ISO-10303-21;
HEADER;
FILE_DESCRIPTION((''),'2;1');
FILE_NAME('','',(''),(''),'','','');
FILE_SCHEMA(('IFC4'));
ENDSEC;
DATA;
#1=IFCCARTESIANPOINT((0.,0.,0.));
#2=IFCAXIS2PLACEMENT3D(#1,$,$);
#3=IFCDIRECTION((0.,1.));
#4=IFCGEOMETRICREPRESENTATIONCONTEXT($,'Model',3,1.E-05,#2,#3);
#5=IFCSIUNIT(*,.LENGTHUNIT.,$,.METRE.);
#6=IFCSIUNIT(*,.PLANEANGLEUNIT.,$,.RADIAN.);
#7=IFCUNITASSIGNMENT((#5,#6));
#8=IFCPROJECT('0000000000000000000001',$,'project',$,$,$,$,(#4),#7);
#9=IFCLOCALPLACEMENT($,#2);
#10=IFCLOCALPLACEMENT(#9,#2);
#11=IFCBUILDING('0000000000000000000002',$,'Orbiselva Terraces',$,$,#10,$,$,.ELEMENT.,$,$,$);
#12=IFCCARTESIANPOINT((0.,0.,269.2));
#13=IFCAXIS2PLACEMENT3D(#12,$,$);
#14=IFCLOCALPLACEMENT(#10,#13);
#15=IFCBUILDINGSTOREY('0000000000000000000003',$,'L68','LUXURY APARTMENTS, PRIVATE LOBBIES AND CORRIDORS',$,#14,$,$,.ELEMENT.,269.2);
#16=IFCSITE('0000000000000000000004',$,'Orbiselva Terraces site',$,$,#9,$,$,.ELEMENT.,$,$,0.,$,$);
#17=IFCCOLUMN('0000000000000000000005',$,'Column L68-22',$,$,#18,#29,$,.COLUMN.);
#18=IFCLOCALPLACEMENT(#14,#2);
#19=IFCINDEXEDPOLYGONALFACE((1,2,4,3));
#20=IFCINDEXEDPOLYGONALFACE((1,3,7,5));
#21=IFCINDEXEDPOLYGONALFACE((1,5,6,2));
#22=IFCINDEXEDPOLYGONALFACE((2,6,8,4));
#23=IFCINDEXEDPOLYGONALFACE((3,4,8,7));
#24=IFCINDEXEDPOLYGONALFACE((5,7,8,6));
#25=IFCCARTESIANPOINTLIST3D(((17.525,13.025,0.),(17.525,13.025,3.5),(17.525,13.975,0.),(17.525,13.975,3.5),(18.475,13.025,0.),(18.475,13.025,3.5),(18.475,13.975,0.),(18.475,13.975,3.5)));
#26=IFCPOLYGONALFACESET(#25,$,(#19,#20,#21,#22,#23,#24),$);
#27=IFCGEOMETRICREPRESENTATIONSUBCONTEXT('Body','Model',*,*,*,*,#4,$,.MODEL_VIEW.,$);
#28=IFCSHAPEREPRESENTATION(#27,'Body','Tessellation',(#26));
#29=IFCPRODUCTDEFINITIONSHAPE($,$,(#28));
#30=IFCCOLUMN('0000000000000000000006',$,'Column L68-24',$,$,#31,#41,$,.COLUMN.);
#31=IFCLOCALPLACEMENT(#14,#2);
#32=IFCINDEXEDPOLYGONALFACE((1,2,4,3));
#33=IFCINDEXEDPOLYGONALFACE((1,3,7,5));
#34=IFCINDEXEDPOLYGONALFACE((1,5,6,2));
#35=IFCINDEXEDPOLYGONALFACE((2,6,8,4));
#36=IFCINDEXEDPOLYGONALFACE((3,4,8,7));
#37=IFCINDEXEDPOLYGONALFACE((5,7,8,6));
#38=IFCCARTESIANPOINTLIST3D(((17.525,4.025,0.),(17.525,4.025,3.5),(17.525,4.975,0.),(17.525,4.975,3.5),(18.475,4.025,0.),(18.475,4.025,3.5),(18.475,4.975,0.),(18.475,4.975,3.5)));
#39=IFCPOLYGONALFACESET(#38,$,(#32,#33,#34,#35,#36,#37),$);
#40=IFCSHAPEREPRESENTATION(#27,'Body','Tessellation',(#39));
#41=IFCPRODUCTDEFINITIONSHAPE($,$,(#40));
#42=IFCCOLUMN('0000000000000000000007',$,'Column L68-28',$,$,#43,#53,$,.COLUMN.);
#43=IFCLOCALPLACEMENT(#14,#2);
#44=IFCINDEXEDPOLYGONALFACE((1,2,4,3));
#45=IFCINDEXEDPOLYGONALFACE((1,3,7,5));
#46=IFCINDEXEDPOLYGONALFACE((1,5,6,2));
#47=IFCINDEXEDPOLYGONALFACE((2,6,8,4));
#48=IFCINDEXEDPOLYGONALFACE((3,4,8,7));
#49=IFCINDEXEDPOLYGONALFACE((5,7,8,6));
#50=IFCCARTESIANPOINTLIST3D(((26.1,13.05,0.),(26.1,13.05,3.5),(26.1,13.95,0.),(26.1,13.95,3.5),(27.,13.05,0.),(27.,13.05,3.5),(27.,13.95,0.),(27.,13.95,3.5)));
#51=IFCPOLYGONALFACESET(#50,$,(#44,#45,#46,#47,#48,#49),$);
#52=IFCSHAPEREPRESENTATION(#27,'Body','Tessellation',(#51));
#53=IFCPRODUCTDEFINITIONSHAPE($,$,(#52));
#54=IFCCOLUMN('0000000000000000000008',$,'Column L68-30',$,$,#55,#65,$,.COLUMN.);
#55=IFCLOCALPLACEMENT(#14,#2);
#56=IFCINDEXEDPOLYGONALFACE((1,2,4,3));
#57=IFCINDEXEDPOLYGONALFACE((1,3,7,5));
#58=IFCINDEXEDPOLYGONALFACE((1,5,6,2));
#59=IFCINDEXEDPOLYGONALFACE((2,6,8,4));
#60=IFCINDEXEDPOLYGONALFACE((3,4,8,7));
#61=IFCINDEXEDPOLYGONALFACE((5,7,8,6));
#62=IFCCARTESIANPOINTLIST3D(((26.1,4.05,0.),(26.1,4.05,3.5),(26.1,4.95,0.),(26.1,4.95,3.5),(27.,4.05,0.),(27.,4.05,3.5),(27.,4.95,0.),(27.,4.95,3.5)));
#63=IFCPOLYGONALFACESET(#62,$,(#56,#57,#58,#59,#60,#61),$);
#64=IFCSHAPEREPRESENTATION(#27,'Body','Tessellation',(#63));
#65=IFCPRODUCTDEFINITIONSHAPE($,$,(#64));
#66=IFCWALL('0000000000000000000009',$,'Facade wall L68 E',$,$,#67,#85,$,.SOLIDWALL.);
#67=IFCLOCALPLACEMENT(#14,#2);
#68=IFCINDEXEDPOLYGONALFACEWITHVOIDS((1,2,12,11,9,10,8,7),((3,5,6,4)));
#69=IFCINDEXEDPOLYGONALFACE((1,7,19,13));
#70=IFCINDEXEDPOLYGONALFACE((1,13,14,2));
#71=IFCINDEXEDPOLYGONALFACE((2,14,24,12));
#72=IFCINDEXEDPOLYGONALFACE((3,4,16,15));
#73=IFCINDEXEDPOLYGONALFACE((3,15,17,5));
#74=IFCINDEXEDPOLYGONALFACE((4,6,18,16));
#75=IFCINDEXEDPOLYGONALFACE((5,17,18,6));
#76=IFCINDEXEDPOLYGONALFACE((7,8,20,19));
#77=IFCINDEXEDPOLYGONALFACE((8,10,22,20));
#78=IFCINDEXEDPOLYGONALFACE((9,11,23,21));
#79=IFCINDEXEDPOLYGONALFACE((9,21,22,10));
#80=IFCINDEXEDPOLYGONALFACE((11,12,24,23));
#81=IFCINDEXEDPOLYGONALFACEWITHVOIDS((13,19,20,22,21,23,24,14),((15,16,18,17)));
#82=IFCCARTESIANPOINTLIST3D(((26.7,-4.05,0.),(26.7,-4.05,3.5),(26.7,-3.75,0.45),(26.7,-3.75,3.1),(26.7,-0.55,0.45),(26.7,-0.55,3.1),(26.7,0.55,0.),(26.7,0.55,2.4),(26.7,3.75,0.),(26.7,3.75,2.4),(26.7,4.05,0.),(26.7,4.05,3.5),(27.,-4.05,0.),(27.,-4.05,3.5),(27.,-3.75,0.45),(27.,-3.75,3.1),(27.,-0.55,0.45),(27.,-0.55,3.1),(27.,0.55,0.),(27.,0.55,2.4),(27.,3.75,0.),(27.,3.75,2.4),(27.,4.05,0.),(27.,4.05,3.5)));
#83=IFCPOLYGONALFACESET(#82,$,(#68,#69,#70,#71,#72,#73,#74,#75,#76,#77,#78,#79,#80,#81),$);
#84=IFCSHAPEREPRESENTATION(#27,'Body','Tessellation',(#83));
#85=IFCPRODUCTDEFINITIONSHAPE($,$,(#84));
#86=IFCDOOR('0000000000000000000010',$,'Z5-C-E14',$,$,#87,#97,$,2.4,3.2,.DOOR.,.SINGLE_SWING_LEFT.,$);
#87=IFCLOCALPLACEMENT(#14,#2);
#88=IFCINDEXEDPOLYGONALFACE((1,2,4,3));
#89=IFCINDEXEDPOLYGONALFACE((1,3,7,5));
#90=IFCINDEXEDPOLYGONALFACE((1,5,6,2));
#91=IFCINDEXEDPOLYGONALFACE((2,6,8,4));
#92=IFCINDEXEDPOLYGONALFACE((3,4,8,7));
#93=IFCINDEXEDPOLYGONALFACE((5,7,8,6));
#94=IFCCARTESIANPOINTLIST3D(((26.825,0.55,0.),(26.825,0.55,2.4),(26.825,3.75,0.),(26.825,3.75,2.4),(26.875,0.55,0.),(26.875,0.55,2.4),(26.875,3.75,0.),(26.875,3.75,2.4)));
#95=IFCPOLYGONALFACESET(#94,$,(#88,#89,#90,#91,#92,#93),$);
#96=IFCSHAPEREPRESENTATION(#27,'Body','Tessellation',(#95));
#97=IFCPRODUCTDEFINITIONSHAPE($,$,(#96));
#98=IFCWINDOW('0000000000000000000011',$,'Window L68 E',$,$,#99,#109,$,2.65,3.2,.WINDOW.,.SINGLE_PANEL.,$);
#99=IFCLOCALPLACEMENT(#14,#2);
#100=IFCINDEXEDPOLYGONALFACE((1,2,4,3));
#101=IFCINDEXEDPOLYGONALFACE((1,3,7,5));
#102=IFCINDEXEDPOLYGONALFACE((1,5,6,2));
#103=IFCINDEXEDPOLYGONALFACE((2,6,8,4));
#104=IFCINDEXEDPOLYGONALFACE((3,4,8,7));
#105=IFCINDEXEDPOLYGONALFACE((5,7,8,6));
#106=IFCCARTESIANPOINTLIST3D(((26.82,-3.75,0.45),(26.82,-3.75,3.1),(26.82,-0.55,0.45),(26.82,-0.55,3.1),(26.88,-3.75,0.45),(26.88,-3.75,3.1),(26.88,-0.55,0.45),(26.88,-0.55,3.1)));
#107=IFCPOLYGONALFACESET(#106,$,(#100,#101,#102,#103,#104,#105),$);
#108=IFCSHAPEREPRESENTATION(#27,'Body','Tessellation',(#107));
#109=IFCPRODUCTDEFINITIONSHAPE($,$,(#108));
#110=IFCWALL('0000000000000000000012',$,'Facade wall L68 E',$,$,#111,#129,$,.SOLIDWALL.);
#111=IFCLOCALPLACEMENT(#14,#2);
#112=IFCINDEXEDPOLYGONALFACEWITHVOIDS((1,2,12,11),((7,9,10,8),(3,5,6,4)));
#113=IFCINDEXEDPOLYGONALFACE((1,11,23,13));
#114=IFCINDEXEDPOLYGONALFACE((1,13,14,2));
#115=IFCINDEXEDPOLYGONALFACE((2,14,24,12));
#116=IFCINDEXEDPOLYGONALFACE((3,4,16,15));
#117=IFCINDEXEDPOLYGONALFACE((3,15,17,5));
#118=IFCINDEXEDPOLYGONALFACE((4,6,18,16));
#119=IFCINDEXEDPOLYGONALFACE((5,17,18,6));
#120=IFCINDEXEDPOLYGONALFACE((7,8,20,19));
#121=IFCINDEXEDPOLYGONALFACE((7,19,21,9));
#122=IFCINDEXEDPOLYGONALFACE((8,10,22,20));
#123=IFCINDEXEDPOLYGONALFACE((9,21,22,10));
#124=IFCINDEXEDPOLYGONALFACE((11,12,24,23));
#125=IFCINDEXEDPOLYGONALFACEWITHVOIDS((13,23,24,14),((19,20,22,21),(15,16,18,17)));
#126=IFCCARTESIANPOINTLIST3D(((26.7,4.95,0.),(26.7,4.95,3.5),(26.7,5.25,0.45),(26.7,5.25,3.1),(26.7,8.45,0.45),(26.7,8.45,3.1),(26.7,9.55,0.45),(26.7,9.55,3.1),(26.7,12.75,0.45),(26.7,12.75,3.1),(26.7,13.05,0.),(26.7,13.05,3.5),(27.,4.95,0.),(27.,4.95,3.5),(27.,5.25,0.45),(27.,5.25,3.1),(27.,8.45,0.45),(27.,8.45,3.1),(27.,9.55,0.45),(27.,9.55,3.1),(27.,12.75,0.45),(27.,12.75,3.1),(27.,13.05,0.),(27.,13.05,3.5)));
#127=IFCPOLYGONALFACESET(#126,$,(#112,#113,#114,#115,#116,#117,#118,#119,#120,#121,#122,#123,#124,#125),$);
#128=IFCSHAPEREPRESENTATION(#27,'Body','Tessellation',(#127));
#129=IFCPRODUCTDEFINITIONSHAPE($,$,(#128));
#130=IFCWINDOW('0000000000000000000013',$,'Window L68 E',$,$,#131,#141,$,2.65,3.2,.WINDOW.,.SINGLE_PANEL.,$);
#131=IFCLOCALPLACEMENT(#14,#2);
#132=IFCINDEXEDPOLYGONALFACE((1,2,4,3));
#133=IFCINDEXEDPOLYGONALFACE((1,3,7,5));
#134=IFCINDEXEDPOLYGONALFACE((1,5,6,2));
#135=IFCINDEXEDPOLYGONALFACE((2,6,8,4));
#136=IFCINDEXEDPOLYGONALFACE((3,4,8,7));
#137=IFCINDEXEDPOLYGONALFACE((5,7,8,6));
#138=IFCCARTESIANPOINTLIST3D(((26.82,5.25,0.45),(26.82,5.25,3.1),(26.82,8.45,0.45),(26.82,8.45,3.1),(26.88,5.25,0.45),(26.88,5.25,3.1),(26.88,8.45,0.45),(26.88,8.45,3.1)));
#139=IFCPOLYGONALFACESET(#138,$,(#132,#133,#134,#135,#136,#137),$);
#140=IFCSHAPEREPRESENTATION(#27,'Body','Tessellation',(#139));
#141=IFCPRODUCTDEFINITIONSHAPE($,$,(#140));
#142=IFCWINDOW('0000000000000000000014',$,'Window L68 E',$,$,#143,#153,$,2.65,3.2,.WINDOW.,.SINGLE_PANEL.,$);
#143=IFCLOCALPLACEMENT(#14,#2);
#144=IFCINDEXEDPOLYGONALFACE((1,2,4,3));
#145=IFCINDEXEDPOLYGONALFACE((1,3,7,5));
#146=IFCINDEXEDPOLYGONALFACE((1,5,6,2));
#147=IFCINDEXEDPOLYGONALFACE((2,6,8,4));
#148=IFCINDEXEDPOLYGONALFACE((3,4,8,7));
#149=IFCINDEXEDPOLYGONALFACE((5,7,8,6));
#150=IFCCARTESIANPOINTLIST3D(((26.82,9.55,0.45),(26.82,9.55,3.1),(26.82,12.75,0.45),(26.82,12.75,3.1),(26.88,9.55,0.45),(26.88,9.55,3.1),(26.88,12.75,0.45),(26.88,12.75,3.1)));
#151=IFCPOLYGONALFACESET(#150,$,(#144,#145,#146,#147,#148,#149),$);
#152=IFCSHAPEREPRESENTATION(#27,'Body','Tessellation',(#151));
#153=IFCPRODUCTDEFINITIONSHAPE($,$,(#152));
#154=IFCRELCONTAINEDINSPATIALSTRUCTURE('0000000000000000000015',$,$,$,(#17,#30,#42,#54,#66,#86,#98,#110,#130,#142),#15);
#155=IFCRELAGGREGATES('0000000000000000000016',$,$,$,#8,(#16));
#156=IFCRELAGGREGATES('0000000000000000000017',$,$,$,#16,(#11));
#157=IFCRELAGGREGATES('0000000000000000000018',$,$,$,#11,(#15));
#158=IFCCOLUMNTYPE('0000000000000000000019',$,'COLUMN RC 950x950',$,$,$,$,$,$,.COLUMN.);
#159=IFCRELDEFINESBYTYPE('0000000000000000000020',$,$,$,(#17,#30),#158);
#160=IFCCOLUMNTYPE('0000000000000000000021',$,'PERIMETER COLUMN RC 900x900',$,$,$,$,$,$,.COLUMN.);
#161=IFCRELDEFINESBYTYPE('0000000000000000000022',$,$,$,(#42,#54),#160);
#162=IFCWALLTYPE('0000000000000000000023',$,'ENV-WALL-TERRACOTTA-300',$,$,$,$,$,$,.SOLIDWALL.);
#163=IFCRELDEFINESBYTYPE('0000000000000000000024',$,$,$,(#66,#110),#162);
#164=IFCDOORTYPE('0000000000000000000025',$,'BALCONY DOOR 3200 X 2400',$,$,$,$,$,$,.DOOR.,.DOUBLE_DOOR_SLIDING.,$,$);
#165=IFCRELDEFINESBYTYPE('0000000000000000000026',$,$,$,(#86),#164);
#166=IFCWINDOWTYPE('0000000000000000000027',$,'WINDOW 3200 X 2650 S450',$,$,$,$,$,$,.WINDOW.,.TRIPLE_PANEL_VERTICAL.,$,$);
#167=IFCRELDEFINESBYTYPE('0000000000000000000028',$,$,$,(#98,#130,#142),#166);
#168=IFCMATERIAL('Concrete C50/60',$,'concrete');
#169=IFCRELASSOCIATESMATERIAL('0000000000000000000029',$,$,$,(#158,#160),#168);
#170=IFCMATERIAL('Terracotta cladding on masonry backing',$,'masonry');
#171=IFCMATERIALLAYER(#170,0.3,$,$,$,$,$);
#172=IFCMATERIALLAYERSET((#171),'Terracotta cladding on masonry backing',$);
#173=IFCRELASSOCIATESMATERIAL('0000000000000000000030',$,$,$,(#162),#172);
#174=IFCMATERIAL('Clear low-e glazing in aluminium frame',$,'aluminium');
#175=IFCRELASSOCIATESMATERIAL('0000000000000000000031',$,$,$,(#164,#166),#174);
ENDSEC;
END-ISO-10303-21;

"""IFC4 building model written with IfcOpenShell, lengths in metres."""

from ifc_helpers import new_model, si_unit, direction, frame, frame_2d, origin, origin_2d, place, context, subcontext, project, spatial, rectangle, extrude, material, layer, layer_set, material_profile, profile_set, type_object, element, fill, save


model = new_model("IFC4")

# Units and contexts
model_context = context("Model", 3, precision=1e-05, world=origin(), true_north=direction((0.0, 1.0)))
body_context = subcontext(model_context, "Body", "Model", "MODEL_VIEW")
ifc_project = project(units=[si_unit("LENGTHUNIT", "METRE"), si_unit("PLANEANGLEUNIT", "RADIAN")], contexts=[model_context])

# Site, building, storey
site_placement = place(None, origin())
site = spatial("IfcSite", under=ifc_project, at=site_placement, Name="Orbiselva Terraces site", CompositionType="ELEMENT", RefElevation=0.0)
building_placement = place(site_placement, origin())
building = spatial("IfcBuilding", under=site, at=building_placement, Name="Orbiselva Terraces", CompositionType="ELEMENT")
storey_placement = place(building_placement, frame((0.0, 0.0, 269.2)))
storey = spatial("IfcBuildingStorey", under=building, at=storey_placement, Name="L68", Description="LUXURY APARTMENTS, PRIVATE LOBBIES AND CORRIDORS", CompositionType="ELEMENT", Elevation=269.2)

# Columns
ifc_material_1 = material(Name="Concrete C50/60", Category="concrete")
ifc_material_profile_1 = material_profile(ifc_material_1, rectangle(XDim=0.95, YDim=0.95, at=origin_2d()), Name="RC 950x950")
ifc_profile_set_1 = profile_set([ifc_material_profile_1], Name="Concrete C50/60")
column_type_1 = type_object("IfcColumnType", Name="COLUMN RC 950x950", PredefinedType="COLUMN", material=ifc_profile_set_1)
for number, where, z_axis, x_axis, name in (
    (1, (18.0, 13.5, 0.0), (0.0, 0.0, 1.0), (1.0, 0.0, 0.0), "Column L68-22"),
    (2, (18.0, 4.5, 0.0), (0.0, 0.0, 1.0), (1.0, 0.0, 0.0), "Column L68-24"),
):
    element("IfcColumn", number, at=place(storey_placement, frame(where, z_axis=z_axis, x_axis=x_axis)), inside=storey, type_object=column_type_1, Name=name, PredefinedType="COLUMN", context=body_context, shape_type="SweptSolid", body=[
        extrude(rectangle(XDim=0.95, YDim=0.95, at=origin_2d()), origin(), (0.0, 0.0, 1.0), 3.5),
    ])
ifc_material_profile_2 = material_profile(ifc_material_1, rectangle(XDim=0.9, YDim=0.9, at=origin_2d()), Name="RC 900x900")
ifc_profile_set_2 = profile_set([ifc_material_profile_2], Name="Concrete C50/60")
column_type_2 = type_object("IfcColumnType", Name="PERIMETER COLUMN RC 900x900", PredefinedType="COLUMN", material=ifc_profile_set_2)
for number, where, z_axis, x_axis, name in (
    (3, (26.55, 13.5, 0.0), (0.0, 0.0, 1.0), (1.0, 0.0, 0.0), "Column L68-28"),
    (4, (26.55, 4.5, 0.0), (0.0, 0.0, 1.0), (1.0, 0.0, 0.0), "Column L68-30"),
):
    element("IfcColumn", number, at=place(storey_placement, frame(where, z_axis=z_axis, x_axis=x_axis)), inside=storey, type_object=column_type_2, Name=name, PredefinedType="COLUMN", context=body_context, shape_type="SweptSolid", body=[
        extrude(rectangle(XDim=0.9, YDim=0.9, at=origin_2d()), origin(), (0.0, 0.0, 1.0), 3.5),
    ])

# Wall, openings, door, window
ifc_material_2 = material(Name="Terracotta cladding on masonry backing", Category="masonry")
ifc_layer_1 = layer(ifc_material_2, 0.3)
ifc_layer_set_1 = layer_set([ifc_layer_1], Name="Terracotta cladding on masonry backing")
wall_type_1 = type_object("IfcWallType", Name="ENV-WALL-TERRACOTTA-300", PredefinedType="SOLIDWALL", material=ifc_layer_set_1)
wall_1_placement = place(storey_placement, frame((26.85, 4.05, 0.0), z_axis=(0.0, 0.0, 1.0), x_axis=(0.0, -1.0, 0.0)))
wall_1 = element("IfcWall", 5, at=wall_1_placement, inside=storey, type_object=wall_type_1, Name="Facade wall L68 E", PredefinedType="SOLIDWALL", context=body_context, shape_type="SweptSolid", body=[
    extrude(rectangle(XDim=8.1, YDim=0.3, at=frame_2d((4.05, 0.0))), origin(), (0.0, 0.0, 1.0), 3.5),
])
opening_1_placement = place(wall_1_placement, frame((4.6, 0.0, 0.45)))
opening_1 = element("IfcOpeningElement", 6, at=opening_1_placement, cuts=wall_1, PredefinedType="OPENING", context=body_context, shape_type="SweptSolid", body=[
    extrude(rectangle(XDim=3.2, YDim=2.65, at=frame_2d((1.6, 1.325))), frame((0.0, 0.16, 0.0), z_axis=(0.0, -1.0, 0.0), x_axis=(1.0, 0.0, 0.0)), (0.0, 0.0, 1.0), 0.32),
])
opening_2_placement = place(wall_1_placement, frame((0.3, 0.0, 0.0)))
opening_2 = element("IfcOpeningElement", 7, at=opening_2_placement, cuts=wall_1, PredefinedType="OPENING", context=body_context, shape_type="SweptSolid", body=[
    extrude(rectangle(XDim=3.2, YDim=2.4, at=frame_2d((1.6, 1.2))), frame((0.0, 0.16, 0.0), z_axis=(0.0, -1.0, 0.0), x_axis=(1.0, 0.0, 0.0)), (0.0, 0.0, 1.0), 0.32),
])
ifc_material_3 = material(Name="Clear low-e glazing in aluminium frame", Category="aluminium")
door_type_1 = type_object("IfcDoorType", Name="BALCONY DOOR 3200 X 2400", OperationType="DOUBLE_DOOR_SLIDING", PredefinedType="DOOR", material=ifc_material_3)
door_1_placement = place(opening_2_placement, origin())
door_1 = element("IfcDoor", 8, at=door_1_placement, inside=storey, type_object=door_type_1, Name="Z5-C-E14", OperationType="SINGLE_SWING_LEFT", OverallHeight=2.4, OverallWidth=3.2, PredefinedType="DOOR", context=body_context, shape_type="SweptSolid", body=[
    extrude(rectangle(XDim=3.2, YDim=2.4, at=frame_2d((1.6, 1.2))), frame((0.0, 0.025, 0.0), z_axis=(0.0, -1.0, 0.0), x_axis=(1.0, 0.0, 0.0)), (0.0, 0.0, 1.0), 0.05),
])
fill(opening_2, door_1)
window_type = type_object("IfcWindowType", Name="WINDOW 3200 X 2650 S450", PartitioningType="TRIPLE_PANEL_VERTICAL", PredefinedType="WINDOW", material=ifc_material_3)
window_1_placement = place(opening_1_placement, origin())
window_1 = element("IfcWindow", 9, at=window_1_placement, inside=storey, type_object=window_type, Name="Window L68 E", OverallHeight=2.65, OverallWidth=3.2, PartitioningType="SINGLE_PANEL", PredefinedType="WINDOW", context=body_context, shape_type="SweptSolid", body=[
    extrude(rectangle(XDim=3.2, YDim=2.65, at=frame_2d((1.6, 1.325))), frame((0.0, 0.03, 0.0), z_axis=(0.0, -1.0, 0.0), x_axis=(1.0, 0.0, 0.0)), (0.0, 0.0, 1.0), 0.06),
])
fill(opening_1, window_1)

# Wall, openings, windows
wall_2_placement = place(storey_placement, frame((26.85, 13.05, 0.0), z_axis=(0.0, 0.0, 1.0), x_axis=(0.0, -1.0, 0.0)))
wall_2 = element("IfcWall", 10, at=wall_2_placement, inside=storey, type_object=wall_type_1, Name="Facade wall L68 E", PredefinedType="SOLIDWALL", context=body_context, shape_type="SweptSolid", body=[
    extrude(rectangle(XDim=8.1, YDim=0.3, at=frame_2d((4.05, 0.0))), origin(), (0.0, 0.0, 1.0), 3.5),
])
opening_3_placement = place(wall_2_placement, frame((4.6, 0.0, 0.45)))
opening_3 = element("IfcOpeningElement", 11, at=opening_3_placement, cuts=wall_2, PredefinedType="OPENING", context=body_context, shape_type="SweptSolid", body=[
    extrude(rectangle(XDim=3.2, YDim=2.65, at=frame_2d((1.6, 1.325))), frame((0.0, 0.16, 0.0), z_axis=(0.0, -1.0, 0.0), x_axis=(1.0, 0.0, 0.0)), (0.0, 0.0, 1.0), 0.32),
])
opening_4_placement = place(wall_2_placement, frame((0.3, 0.0, 0.45)))
opening_4 = element("IfcOpeningElement", 12, at=opening_4_placement, cuts=wall_2, PredefinedType="OPENING", context=body_context, shape_type="SweptSolid", body=[
    extrude(rectangle(XDim=3.2, YDim=2.65, at=frame_2d((1.6, 1.325))), frame((0.0, 0.16, 0.0), z_axis=(0.0, -1.0, 0.0), x_axis=(1.0, 0.0, 0.0)), (0.0, 0.0, 1.0), 0.32),
])
window_2_placement = place(opening_3_placement, origin())
window_2 = element("IfcWindow", 13, at=window_2_placement, inside=storey, type_object=window_type, Name="Window L68 E", OverallHeight=2.65, OverallWidth=3.2, PartitioningType="SINGLE_PANEL", PredefinedType="WINDOW", context=body_context, shape_type="SweptSolid", body=[
    extrude(rectangle(XDim=3.2, YDim=2.65, at=frame_2d((1.6, 1.325))), frame((0.0, 0.03, 0.0), z_axis=(0.0, -1.0, 0.0), x_axis=(1.0, 0.0, 0.0)), (0.0, 0.0, 1.0), 0.06),
])
fill(opening_3, window_2)
window_3_placement = place(opening_4_placement, origin())
window_3 = element("IfcWindow", 14, at=window_3_placement, inside=storey, type_object=window_type, Name="Window L68 E", OverallHeight=2.65, OverallWidth=3.2, PartitioningType="SINGLE_PANEL", PredefinedType="WINDOW", context=body_context, shape_type="SweptSolid", body=[
    extrude(rectangle(XDim=3.2, YDim=2.65, at=frame_2d((1.6, 1.325))), frame((0.0, 0.03, 0.0), z_axis=(0.0, -1.0, 0.0), x_axis=(1.0, 0.0, 0.0)), (0.0, 0.0, 1.0), 0.06),
])
fill(opening_4, window_3)

save(model, "model.ifc")
